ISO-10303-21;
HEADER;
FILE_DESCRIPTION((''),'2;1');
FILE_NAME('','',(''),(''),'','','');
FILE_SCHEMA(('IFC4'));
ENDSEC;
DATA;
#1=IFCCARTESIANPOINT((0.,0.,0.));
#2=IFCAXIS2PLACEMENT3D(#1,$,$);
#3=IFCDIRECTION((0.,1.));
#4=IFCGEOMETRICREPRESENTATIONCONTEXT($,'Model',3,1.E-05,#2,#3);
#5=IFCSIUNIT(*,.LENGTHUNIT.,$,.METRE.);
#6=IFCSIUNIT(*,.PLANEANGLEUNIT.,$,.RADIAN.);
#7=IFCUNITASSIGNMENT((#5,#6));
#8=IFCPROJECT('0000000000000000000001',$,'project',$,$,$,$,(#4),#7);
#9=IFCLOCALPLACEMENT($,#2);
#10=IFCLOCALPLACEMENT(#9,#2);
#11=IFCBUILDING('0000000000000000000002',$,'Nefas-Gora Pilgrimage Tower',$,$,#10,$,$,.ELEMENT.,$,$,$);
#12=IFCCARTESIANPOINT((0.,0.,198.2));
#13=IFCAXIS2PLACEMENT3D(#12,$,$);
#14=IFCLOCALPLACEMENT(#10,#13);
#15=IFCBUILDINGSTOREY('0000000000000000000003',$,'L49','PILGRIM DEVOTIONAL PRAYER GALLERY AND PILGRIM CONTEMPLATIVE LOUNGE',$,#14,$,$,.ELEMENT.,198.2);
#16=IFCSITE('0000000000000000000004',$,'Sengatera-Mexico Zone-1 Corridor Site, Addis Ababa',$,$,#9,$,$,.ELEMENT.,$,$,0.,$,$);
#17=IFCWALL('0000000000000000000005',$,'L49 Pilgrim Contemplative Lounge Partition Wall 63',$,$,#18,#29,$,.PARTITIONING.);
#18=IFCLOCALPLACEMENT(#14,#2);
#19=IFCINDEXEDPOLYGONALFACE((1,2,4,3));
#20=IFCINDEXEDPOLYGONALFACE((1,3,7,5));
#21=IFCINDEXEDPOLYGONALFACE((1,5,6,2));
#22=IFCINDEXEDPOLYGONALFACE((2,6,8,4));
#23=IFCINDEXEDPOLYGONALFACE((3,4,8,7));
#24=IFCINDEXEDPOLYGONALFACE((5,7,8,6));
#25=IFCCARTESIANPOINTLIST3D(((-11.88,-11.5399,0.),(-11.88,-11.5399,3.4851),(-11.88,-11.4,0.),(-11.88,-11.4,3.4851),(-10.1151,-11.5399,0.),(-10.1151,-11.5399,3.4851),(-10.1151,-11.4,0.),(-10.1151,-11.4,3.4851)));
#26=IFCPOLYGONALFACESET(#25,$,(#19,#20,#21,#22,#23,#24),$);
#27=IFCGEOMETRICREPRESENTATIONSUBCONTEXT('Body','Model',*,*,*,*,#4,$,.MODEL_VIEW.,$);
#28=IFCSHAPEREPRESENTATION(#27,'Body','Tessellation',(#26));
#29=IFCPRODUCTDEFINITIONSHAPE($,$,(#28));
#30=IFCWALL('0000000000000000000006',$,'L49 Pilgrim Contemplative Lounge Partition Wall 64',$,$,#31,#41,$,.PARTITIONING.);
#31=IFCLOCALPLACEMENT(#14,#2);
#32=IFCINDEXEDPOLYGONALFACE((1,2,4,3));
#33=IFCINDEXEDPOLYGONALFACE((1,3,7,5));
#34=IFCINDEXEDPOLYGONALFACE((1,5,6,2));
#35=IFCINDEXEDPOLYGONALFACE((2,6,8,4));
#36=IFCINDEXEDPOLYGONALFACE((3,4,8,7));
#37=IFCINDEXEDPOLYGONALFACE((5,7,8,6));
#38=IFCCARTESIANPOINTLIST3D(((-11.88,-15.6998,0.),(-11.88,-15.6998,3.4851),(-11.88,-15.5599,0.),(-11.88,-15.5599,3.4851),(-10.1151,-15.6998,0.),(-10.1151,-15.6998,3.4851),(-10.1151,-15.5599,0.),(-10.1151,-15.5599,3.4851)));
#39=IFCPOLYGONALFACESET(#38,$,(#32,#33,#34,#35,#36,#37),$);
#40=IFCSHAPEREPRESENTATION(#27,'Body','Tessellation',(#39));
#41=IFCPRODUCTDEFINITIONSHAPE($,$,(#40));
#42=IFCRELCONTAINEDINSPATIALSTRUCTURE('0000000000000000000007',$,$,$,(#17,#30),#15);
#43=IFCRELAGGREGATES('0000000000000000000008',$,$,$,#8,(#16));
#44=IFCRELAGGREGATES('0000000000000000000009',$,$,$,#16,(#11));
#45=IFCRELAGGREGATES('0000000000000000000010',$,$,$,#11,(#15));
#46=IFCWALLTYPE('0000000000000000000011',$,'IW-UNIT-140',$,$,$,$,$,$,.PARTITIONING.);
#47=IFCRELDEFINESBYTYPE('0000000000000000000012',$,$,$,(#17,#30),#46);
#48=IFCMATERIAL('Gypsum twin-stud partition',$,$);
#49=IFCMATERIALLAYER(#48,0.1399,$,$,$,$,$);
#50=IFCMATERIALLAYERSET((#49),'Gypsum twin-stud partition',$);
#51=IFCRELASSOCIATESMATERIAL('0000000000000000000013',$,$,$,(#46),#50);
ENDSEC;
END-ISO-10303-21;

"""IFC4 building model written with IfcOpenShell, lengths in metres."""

from ifc_helpers import new_model, si_unit, direction, frame, frame_2d, origin, place, context, subcontext, project, spatial, rectangle, extrude, source, transform, mapped, material, layer, layer_set, type_object, element, save


model = new_model("IFC4")

# Units and contexts
model_context = context("Model", 3, precision=1e-05, world=origin(), true_north=direction((0.0, 1.0)))
body_context = subcontext(model_context, "Body", "Model", "MODEL_VIEW")
ifc_project = project(units=[si_unit("LENGTHUNIT", "METRE"), si_unit("PLANEANGLEUNIT", "RADIAN")], contexts=[model_context])

# Site, building, storey
site_placement = place(None, origin())
site = spatial("IfcSite", under=ifc_project, at=site_placement, Name="Sengatera-Mexico Zone-1 Corridor Site, Addis Ababa", CompositionType="ELEMENT", RefElevation=0.0)
building_placement = place(site_placement, origin())
building = spatial("IfcBuilding", under=site, at=building_placement, Name="Nefas-Gora Pilgrimage Tower", CompositionType="ELEMENT")
storey_placement = place(building_placement, frame((0.0, 0.0, 198.2)))
storey = spatial("IfcBuildingStorey", under=building, at=storey_placement, Name="L49", Description="PILGRIM DEVOTIONAL PRAYER GALLERY AND PILGRIM CONTEMPLATIVE LOUNGE", CompositionType="ELEMENT", Elevation=198.2)

# Walls
ifc_material_1 = material(Name="Gypsum twin-stud partition")
ifc_layer_1 = layer(ifc_material_1, 0.1399)
ifc_layer_set_1 = layer_set([ifc_layer_1], Name="Gypsum twin-stud partition")
wall_type_1 = type_object("IfcWallType", Name="IW-UNIT-140", PredefinedType="PARTITIONING", material=ifc_layer_set_1)
shared_shape_1 = source(origin(), body_context, "Body", "SweptSolid", [
    extrude(rectangle(XDim=1.7649, YDim=0.1399, at=frame_2d((0.8823, 0.0))), origin(), (0.0, 0.0, 1.0), 3.4851),
])
for number, where, z_axis, x_axis, name in (
    (1, (-11.8799, -11.47, 0.0), (0.0, 0.0, 1.0), (1.0, 0.0, 0.0), "L49 Pilgrim Contemplative Lounge Partition Wall 63"),
    (2, (-11.8799, -15.6299, 0.0), (0.0, 0.0, 1.0), (1.0, 0.0, 0.0), "L49 Pilgrim Contemplative Lounge Partition Wall 64"),
):
    element("IfcWall", number, at=place(storey_placement, frame(where, z_axis=z_axis, x_axis=x_axis)), inside=storey, type_object=wall_type_1, Name=name, PredefinedType="PARTITIONING", context=body_context, shape_type="MappedRepresentation", body=[
        mapped(shared_shape_1, transform((0.0, 0.0, 0.0), x_axis=(1.0, 0.0, 0.0), y_axis=(0.0, 1.0, 0.0), z_axis=(0.0, 0.0, 1.0), scale=1.0)),
    ])

save(model, "model.ifc")
